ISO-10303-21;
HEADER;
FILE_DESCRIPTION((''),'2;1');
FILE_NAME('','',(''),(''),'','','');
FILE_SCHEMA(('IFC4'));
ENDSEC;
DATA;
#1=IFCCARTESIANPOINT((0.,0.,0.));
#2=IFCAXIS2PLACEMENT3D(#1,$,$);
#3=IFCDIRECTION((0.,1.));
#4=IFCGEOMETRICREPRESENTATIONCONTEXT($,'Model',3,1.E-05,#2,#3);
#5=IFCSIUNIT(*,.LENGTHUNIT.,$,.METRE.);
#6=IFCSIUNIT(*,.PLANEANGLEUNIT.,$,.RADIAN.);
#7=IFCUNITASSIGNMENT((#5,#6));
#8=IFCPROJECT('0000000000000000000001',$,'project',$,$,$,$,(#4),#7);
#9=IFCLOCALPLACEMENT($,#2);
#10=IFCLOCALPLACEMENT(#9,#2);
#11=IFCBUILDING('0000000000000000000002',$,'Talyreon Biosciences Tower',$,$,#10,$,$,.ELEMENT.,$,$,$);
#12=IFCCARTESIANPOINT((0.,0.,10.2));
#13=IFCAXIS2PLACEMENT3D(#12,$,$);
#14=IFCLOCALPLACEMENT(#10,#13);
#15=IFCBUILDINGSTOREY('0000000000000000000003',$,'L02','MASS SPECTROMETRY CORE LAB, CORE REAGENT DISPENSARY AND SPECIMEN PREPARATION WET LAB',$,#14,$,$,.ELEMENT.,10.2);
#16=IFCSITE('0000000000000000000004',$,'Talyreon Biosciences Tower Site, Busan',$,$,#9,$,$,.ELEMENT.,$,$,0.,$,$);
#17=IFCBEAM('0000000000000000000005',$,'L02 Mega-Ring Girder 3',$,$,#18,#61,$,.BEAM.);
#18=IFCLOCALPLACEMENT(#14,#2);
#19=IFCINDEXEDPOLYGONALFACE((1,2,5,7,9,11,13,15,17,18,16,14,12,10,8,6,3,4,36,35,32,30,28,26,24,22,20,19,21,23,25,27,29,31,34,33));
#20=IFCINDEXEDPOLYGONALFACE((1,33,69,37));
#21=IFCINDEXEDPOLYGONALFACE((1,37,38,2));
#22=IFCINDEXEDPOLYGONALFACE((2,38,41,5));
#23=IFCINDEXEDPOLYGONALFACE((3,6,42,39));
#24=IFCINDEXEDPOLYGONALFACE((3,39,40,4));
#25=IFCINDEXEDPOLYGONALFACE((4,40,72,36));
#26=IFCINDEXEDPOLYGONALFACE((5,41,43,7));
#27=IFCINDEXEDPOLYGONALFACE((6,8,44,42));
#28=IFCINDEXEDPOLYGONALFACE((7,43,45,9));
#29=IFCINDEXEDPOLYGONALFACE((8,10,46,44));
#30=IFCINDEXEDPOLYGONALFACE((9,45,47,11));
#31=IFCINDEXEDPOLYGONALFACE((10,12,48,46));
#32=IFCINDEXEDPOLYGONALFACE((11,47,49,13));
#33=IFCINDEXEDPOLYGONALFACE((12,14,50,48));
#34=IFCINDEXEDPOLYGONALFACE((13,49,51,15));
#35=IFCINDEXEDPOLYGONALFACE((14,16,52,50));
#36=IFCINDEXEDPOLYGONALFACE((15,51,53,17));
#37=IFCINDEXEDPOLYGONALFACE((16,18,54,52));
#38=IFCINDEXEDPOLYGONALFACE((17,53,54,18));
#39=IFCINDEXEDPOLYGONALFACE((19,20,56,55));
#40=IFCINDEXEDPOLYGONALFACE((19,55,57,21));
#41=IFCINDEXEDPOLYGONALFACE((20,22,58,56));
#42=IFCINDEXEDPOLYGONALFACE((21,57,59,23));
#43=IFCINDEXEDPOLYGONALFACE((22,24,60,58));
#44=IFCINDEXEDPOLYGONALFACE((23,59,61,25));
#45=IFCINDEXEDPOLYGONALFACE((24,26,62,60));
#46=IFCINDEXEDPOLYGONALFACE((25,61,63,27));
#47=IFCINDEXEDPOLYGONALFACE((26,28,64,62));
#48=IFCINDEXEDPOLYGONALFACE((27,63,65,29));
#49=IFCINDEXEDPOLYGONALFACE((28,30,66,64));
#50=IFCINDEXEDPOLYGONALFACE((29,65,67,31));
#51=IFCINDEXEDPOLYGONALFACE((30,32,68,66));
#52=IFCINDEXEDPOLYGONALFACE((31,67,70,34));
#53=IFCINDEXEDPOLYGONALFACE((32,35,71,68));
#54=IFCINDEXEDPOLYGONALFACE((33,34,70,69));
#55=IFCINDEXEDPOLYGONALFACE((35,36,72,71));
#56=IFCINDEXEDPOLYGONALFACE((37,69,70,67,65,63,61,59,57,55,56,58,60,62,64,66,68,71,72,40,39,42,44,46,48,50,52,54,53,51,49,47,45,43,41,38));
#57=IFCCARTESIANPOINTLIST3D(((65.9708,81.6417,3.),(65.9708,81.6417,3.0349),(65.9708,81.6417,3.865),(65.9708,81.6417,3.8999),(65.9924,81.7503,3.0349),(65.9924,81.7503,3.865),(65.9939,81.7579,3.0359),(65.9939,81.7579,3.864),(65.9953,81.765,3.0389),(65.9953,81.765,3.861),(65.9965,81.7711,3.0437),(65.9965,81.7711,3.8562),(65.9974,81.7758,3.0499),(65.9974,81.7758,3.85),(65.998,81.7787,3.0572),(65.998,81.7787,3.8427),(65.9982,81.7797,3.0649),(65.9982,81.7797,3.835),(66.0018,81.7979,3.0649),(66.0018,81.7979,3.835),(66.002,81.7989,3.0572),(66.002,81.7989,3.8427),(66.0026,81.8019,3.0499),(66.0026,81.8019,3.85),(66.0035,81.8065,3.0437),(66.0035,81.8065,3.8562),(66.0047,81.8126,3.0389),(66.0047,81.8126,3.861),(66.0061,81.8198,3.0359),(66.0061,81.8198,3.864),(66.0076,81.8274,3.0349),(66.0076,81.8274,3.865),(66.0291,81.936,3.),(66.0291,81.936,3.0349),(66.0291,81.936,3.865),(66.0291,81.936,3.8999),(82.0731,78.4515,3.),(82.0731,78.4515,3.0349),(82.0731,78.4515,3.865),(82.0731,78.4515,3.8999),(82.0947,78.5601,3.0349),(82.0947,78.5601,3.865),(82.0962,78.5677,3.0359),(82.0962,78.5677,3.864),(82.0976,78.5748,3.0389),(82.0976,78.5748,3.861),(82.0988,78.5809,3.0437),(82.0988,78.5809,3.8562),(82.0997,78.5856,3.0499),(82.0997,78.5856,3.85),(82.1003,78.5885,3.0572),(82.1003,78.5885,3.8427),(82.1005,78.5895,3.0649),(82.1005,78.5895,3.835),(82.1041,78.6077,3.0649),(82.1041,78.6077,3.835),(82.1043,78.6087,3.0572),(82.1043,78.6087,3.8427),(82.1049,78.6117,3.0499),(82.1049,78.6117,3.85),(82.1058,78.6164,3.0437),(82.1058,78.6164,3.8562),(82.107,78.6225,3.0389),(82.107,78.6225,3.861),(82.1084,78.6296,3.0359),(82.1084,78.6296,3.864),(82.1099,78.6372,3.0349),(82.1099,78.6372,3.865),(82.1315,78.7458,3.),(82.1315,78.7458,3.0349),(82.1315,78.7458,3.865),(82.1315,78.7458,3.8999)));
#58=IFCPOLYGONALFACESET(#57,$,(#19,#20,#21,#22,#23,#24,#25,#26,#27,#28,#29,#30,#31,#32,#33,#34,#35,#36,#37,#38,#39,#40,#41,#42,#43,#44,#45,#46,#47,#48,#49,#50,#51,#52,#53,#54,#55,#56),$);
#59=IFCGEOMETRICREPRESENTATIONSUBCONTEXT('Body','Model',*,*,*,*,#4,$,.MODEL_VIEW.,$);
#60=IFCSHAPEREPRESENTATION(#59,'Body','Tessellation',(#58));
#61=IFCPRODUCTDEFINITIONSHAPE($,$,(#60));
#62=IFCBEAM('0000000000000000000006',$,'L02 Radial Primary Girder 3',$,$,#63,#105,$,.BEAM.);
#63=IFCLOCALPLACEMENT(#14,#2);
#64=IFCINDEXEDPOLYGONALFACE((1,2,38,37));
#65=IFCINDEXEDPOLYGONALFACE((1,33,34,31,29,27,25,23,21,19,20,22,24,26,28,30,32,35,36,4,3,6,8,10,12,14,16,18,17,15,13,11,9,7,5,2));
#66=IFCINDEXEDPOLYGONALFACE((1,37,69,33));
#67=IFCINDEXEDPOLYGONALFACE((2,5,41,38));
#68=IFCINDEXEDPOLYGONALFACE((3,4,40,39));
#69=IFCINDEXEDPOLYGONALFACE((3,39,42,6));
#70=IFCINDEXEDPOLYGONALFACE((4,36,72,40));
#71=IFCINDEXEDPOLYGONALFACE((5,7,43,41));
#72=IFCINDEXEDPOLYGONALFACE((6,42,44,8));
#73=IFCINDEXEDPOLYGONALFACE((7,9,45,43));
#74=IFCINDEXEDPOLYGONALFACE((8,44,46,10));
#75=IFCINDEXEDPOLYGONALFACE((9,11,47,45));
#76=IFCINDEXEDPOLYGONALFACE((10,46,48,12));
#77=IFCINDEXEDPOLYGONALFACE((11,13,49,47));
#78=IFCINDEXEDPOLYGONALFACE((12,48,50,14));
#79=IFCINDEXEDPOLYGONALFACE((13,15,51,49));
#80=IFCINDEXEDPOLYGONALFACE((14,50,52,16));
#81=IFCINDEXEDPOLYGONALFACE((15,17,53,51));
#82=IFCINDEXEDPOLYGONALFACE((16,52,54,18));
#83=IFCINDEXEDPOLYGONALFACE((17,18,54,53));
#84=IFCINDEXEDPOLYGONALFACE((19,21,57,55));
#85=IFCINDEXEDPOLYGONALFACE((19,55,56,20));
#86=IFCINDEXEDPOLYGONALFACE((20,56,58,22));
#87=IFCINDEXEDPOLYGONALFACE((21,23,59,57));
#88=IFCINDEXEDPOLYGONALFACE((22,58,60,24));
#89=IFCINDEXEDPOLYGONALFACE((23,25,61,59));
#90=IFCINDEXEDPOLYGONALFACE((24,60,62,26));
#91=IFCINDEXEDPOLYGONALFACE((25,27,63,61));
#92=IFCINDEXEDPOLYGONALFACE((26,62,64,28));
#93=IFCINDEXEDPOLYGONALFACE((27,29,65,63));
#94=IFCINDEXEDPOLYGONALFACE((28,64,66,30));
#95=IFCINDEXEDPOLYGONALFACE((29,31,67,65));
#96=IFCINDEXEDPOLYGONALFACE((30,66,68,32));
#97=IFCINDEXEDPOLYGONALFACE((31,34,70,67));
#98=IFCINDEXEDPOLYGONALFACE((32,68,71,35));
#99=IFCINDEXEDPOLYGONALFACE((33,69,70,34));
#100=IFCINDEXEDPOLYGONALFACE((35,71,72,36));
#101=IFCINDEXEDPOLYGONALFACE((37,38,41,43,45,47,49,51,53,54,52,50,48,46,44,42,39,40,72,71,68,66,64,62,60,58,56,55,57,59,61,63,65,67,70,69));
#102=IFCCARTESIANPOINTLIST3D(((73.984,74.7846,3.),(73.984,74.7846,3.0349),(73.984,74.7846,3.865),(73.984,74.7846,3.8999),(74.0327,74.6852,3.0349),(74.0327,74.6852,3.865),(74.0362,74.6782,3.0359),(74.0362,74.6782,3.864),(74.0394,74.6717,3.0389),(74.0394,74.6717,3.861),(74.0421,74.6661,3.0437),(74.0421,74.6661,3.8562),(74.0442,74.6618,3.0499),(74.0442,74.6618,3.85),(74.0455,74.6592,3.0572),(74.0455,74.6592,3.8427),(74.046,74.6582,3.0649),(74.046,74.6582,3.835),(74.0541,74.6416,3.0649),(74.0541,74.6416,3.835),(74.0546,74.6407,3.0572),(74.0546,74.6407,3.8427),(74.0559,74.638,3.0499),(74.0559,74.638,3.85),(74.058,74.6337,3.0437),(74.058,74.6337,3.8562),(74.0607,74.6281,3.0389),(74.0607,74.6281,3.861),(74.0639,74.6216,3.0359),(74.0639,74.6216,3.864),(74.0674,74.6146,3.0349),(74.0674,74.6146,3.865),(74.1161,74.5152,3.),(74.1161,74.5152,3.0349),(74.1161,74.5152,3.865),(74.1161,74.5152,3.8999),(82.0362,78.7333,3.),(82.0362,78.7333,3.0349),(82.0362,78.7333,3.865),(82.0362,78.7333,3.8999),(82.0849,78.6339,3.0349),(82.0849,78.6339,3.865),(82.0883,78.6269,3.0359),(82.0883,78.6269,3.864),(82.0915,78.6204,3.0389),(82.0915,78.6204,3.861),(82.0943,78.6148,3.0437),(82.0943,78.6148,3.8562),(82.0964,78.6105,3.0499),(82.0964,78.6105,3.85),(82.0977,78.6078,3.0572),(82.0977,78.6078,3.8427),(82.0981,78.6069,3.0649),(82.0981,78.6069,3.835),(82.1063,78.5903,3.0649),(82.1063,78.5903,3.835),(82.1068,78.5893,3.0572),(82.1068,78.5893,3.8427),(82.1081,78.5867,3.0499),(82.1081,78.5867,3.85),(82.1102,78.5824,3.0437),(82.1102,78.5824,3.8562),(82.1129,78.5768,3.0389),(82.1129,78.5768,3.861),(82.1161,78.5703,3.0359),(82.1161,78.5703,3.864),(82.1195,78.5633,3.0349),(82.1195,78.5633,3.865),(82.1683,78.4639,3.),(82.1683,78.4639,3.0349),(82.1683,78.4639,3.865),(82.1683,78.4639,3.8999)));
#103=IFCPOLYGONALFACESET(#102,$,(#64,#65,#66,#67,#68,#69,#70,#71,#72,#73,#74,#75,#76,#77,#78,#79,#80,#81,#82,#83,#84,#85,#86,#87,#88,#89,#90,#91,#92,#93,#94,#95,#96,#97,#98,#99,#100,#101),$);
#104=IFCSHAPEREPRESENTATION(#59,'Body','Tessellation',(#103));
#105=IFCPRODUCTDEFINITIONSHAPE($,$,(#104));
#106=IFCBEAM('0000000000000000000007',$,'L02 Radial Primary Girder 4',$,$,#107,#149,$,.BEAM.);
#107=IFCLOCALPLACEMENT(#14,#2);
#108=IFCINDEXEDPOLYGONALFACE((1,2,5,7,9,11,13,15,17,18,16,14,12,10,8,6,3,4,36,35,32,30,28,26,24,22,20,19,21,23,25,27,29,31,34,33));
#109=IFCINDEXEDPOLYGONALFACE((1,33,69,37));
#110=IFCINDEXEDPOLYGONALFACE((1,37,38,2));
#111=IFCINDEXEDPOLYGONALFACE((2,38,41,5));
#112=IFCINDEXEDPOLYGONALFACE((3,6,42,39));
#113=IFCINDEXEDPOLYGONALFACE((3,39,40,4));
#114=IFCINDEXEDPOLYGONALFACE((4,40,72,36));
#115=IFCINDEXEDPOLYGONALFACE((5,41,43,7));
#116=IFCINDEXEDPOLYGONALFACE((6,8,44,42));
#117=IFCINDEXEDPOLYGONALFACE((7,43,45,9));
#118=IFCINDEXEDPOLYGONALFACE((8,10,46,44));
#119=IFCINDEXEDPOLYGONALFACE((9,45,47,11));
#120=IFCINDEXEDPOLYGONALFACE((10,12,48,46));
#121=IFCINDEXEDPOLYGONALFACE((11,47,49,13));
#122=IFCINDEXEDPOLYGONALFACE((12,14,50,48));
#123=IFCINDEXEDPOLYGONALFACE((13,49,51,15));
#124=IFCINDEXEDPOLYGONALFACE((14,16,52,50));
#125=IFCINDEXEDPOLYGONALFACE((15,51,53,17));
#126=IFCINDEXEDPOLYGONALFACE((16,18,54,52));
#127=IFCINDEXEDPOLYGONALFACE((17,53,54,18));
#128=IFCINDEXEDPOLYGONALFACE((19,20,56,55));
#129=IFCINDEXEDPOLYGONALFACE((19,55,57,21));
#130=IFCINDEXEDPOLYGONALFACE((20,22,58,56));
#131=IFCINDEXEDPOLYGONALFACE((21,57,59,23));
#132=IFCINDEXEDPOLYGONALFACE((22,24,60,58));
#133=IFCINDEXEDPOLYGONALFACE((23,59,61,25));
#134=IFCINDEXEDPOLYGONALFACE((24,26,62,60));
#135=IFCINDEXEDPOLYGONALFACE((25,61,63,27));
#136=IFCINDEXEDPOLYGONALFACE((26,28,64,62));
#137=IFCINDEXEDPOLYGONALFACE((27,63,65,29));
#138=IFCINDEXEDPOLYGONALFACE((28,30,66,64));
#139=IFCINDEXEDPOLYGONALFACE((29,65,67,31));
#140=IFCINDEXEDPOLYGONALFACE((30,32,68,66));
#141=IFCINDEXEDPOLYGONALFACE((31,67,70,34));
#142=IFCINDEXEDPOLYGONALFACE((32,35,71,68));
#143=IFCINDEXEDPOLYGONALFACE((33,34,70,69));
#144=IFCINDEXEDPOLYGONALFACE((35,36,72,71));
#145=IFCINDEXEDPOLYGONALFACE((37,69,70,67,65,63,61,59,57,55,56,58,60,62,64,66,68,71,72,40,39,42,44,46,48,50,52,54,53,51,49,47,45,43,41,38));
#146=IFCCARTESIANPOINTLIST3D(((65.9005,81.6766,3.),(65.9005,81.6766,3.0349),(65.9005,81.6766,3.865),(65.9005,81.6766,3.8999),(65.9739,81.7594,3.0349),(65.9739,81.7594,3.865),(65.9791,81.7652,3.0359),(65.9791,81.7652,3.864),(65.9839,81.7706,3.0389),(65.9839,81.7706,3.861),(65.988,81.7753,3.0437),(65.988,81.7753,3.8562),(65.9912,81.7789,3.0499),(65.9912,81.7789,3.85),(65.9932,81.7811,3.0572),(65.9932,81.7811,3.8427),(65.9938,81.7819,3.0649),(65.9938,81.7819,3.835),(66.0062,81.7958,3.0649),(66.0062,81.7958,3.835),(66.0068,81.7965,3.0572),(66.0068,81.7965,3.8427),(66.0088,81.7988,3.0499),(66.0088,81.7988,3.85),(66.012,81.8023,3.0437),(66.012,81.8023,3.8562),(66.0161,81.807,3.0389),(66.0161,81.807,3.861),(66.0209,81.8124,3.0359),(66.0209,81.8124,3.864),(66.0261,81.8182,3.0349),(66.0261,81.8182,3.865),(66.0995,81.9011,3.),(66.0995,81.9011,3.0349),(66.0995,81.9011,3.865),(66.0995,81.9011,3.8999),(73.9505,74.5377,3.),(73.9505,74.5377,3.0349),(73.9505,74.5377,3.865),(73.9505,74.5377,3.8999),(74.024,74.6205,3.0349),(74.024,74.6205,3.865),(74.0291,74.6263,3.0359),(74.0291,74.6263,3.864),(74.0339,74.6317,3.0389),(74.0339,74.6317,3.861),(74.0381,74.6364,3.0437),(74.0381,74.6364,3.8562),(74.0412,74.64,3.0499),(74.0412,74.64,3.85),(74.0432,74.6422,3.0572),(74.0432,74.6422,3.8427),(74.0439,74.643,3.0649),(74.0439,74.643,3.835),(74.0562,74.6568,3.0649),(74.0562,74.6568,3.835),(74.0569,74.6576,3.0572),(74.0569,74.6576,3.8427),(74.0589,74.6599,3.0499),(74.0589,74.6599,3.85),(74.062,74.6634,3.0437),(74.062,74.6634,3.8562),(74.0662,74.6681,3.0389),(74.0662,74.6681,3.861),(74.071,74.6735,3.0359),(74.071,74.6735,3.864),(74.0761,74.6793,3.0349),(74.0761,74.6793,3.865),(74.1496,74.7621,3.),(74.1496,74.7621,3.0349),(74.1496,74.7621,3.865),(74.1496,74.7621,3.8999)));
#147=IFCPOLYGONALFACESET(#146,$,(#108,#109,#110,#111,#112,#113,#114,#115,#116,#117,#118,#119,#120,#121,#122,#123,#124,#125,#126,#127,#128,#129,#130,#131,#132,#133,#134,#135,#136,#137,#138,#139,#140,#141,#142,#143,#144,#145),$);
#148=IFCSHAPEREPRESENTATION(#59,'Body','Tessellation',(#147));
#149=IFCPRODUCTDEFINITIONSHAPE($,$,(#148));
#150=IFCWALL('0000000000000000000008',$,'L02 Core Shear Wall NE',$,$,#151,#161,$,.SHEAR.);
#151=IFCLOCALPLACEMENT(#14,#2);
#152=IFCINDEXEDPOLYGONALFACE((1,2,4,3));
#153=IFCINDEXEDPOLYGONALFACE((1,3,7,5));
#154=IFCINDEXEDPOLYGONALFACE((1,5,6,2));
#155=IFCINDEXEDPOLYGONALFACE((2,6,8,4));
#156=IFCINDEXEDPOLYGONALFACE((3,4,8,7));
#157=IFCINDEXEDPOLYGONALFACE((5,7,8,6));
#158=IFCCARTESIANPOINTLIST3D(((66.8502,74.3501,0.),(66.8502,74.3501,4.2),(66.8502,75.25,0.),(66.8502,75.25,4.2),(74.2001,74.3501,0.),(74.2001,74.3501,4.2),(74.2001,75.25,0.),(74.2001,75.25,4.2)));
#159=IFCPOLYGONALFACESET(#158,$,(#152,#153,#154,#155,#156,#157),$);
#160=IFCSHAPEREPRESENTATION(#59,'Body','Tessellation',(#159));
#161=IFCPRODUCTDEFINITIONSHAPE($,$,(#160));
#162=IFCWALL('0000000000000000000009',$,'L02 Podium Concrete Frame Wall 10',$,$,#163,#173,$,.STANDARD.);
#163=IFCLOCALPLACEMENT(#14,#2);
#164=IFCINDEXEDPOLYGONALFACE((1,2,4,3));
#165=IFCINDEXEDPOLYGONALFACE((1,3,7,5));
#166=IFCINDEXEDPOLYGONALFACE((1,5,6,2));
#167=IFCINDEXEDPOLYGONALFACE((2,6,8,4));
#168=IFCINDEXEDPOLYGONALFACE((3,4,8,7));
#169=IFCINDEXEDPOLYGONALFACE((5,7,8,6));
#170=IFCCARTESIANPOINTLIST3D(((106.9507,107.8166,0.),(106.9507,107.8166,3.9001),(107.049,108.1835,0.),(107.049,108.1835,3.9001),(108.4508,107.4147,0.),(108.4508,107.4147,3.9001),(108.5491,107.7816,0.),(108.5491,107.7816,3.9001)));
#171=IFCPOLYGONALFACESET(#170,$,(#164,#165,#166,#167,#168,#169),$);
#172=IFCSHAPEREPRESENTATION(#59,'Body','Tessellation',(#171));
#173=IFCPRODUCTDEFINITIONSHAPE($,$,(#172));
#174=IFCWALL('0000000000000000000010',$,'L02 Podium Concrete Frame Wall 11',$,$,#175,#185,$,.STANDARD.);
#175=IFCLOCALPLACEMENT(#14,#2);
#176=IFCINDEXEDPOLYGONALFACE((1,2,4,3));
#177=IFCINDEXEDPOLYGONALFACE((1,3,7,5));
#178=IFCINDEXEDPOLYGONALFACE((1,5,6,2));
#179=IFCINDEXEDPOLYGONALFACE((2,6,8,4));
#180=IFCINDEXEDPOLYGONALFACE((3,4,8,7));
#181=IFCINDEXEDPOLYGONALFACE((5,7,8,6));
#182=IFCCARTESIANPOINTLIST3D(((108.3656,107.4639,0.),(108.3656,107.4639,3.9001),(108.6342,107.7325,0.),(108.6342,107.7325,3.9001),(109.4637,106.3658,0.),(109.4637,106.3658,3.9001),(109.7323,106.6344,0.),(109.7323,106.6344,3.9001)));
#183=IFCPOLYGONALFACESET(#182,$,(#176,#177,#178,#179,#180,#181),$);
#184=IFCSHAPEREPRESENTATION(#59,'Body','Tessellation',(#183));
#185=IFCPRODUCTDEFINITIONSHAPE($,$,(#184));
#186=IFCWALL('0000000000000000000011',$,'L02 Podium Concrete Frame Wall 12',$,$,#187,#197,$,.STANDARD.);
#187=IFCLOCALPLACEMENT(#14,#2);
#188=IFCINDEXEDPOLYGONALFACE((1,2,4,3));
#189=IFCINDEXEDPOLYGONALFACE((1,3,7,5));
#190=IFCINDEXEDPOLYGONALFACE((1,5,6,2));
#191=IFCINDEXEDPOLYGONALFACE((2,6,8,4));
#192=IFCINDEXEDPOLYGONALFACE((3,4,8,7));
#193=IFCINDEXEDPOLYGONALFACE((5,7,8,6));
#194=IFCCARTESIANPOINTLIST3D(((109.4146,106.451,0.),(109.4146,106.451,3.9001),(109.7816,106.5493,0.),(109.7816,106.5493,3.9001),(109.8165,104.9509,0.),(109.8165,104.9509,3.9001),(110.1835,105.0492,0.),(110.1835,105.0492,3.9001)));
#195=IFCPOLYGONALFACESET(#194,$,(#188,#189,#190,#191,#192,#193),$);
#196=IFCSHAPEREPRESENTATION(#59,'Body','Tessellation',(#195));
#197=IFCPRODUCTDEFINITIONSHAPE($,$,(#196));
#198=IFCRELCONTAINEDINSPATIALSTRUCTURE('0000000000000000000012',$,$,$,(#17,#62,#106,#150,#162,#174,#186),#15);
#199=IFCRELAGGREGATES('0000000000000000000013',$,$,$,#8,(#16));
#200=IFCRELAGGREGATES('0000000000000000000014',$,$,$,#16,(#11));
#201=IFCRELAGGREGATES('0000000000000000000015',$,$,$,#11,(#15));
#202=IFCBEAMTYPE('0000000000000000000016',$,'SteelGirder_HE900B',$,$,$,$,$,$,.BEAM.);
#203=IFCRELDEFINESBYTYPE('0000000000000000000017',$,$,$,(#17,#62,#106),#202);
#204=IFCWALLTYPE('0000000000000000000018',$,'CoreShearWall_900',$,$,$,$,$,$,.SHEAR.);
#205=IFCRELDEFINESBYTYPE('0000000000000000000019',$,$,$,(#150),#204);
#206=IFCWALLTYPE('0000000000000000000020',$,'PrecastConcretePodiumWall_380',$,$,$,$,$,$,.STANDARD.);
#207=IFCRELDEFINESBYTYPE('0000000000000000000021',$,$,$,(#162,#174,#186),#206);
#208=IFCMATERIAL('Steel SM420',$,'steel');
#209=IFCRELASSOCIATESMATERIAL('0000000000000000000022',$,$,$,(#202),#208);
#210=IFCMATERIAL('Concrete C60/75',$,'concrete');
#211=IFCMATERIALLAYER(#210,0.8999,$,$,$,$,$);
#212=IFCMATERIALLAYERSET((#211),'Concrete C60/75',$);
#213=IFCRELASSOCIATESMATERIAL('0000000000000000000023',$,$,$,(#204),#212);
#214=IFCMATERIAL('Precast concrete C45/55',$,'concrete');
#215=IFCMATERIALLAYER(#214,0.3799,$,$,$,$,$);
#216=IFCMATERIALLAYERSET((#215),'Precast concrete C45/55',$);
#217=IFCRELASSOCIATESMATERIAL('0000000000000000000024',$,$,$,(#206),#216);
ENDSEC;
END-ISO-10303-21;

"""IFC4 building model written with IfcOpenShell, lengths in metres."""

from ifc_helpers import new_model, si_unit, direction, frame, frame_2d, origin, origin_2d, place, context, subcontext, project, spatial, rectangle, i_section, extrude, material, layer, layer_set, material_profile, profile_set, type_object, element, save


model = new_model("IFC4")

# Units and contexts
model_context = context("Model", 3, precision=1e-05, world=origin(), true_north=direction((0.0, 1.0)))
body_context = subcontext(model_context, "Body", "Model", "MODEL_VIEW")
ifc_project = project(units=[si_unit("LENGTHUNIT", "METRE"), si_unit("PLANEANGLEUNIT", "RADIAN")], contexts=[model_context])

# Site, building, storey
site_placement = place(None, origin())
site = spatial("IfcSite", under=ifc_project, at=site_placement, Name="Talyreon Biosciences Tower Site, Busan", CompositionType="ELEMENT", RefElevation=0.0)
building_placement = place(site_placement, origin())
building = spatial("IfcBuilding", under=site, at=building_placement, Name="Talyreon Biosciences Tower", CompositionType="ELEMENT")
storey_placement = place(building_placement, frame((0.0, 0.0, 10.2)))
storey = spatial("IfcBuildingStorey", under=building, at=storey_placement, Name="L02", Description="MASS SPECTROMETRY CORE LAB, CORE REAGENT DISPENSARY AND SPECIMEN PREPARATION WET LAB", CompositionType="ELEMENT", Elevation=10.2)

# Shared definitions
ifc_material_1 = material(Name="Concrete C60/75", Category="concrete")

# Beams
ifc_material_2 = material(Name="Steel SM420", Category="steel")
ifc_material_profile_1 = material_profile(ifc_material_2, i_section(OverallWidth=0.3, OverallDepth=0.8999, WebThickness=0.0186, FlangeThickness=0.0349, FilletRadius=0.03, at=origin_2d()), Name="HE900B")
ifc_profile_set_1 = profile_set([ifc_material_profile_1], Name="Steel SM420")
beam_type_1 = type_object("IfcBeamType", Name="SteelGirder_HE900B", PredefinedType="BEAM", material=ifc_profile_set_1)
beam_1_placement = place(storey_placement, frame((82.1023, 78.5986, 3.45), z_axis=(-0.980934, 0.194343, 0.0), x_axis=(-0.194343, -0.980934, 0.0)))
element("IfcBeam", 1, at=beam_1_placement, inside=storey, type_object=beam_type_1, Name="L02 Mega-Ring Girder 3", PredefinedType="BEAM", context=body_context, shape_type="SweptSolid", body=[
    extrude(i_section(OverallWidth=0.3, OverallDepth=0.8999, WebThickness=0.0186, FlangeThickness=0.0349, FilletRadius=0.03, at=origin_2d()), origin(), (0.0, 0.0, 1.0), 16.4153),
])
beam_2_placement = place(storey_placement, frame((74.05, 74.6499, 3.45), z_axis=(0.897852, 0.440297, 0.0), x_axis=(-0.440297, 0.897852, 0.0)))
element("IfcBeam", 2, at=beam_2_placement, inside=storey, type_object=beam_type_1, Name="L02 Radial Primary Girder 3", PredefinedType="BEAM", context=body_context, shape_type="SweptSolid", body=[
    extrude(i_section(OverallWidth=0.3, OverallDepth=0.8999, WebThickness=0.0186, FlangeThickness=0.0349, FilletRadius=0.03, at=origin_2d()), origin(), (0.0, 0.0, 1.0), 8.9683),
])
beam_3_placement = place(storey_placement, frame((74.05, 74.6499, 3.45), z_axis=(-0.748179, 0.663497, 0.0), x_axis=(-0.663497, -0.748179, 0.0)))
element("IfcBeam", 3, at=beam_3_placement, inside=storey, type_object=beam_type_1, Name="L02 Radial Primary Girder 4", PredefinedType="BEAM", context=body_context, shape_type="SweptSolid", body=[
    extrude(i_section(OverallWidth=0.3, OverallDepth=0.8999, WebThickness=0.0186, FlangeThickness=0.0349, FilletRadius=0.03, at=origin_2d()), origin(), (0.0, 0.0, 1.0), 10.7595),
])

# Walls
ifc_layer_1 = layer(ifc_material_1, 0.8999)
ifc_layer_set_1 = layer_set([ifc_layer_1], Name="Concrete C60/75")
wall_type_1 = type_object("IfcWallType", Name="CoreShearWall_900", PredefinedType="SHEAR", material=ifc_layer_set_1)
wall_1_placement = place(storey_placement, frame((74.2, 74.8, 0.0), z_axis=(0.0, 0.0, 1.0), x_axis=(-1.0, 0.0, 0.0)))
element("IfcWall", 4, at=wall_1_placement, inside=storey, type_object=wall_type_1, Name="L02 Core Shear Wall NE", PredefinedType="SHEAR", context=body_context, shape_type="SweptSolid", body=[
    extrude(rectangle(XDim=7.3499, YDim=0.8999, at=frame_2d((3.6748, 0.0))), origin(), (0.0, 0.0, 1.0), 4.2),
])
ifc_material_3 = material(Name="Precast concrete C45/55", Category="concrete")
ifc_layer_2 = layer(ifc_material_3, 0.3799)
ifc_layer_set_2 = layer_set([ifc_layer_2], Name="Precast concrete C45/55")
wall_type_2 = type_object("IfcWallType", Name="PrecastConcretePodiumWall_380", PredefinedType="STANDARD", material=ifc_layer_set_2)
for number, where, z_axis, x_axis, name in (
    (5, (107.0, 108.0, 0.0), (0.0, 0.0, 1.0), (0.965937, -0.258778, 0.0), "L02 Podium Concrete Frame Wall 10"),
    (6, (108.5, 107.5981, 0.0), (0.0, 0.0, 1.0), (0.707107, -0.707107, 0.0), "L02 Podium Concrete Frame Wall 11"),
    (7, (109.5981, 106.5, 0.0), (0.0, 0.0, 1.0), (0.258778, -0.965937, 0.0), "L02 Podium Concrete Frame Wall 12"),
):
    element("IfcWall", number, at=place(storey_placement, frame(where, z_axis=z_axis, x_axis=x_axis)), inside=storey, type_object=wall_type_2, Name=name, PredefinedType="STANDARD", context=body_context, shape_type="SweptSolid", body=[
        extrude(rectangle(XDim=1.553, YDim=0.3799, at=frame_2d((0.7764, 0.0))), origin(), (0.0, 0.0, 1.0), 3.9001),
    ])

save(model, "model.ifc")
